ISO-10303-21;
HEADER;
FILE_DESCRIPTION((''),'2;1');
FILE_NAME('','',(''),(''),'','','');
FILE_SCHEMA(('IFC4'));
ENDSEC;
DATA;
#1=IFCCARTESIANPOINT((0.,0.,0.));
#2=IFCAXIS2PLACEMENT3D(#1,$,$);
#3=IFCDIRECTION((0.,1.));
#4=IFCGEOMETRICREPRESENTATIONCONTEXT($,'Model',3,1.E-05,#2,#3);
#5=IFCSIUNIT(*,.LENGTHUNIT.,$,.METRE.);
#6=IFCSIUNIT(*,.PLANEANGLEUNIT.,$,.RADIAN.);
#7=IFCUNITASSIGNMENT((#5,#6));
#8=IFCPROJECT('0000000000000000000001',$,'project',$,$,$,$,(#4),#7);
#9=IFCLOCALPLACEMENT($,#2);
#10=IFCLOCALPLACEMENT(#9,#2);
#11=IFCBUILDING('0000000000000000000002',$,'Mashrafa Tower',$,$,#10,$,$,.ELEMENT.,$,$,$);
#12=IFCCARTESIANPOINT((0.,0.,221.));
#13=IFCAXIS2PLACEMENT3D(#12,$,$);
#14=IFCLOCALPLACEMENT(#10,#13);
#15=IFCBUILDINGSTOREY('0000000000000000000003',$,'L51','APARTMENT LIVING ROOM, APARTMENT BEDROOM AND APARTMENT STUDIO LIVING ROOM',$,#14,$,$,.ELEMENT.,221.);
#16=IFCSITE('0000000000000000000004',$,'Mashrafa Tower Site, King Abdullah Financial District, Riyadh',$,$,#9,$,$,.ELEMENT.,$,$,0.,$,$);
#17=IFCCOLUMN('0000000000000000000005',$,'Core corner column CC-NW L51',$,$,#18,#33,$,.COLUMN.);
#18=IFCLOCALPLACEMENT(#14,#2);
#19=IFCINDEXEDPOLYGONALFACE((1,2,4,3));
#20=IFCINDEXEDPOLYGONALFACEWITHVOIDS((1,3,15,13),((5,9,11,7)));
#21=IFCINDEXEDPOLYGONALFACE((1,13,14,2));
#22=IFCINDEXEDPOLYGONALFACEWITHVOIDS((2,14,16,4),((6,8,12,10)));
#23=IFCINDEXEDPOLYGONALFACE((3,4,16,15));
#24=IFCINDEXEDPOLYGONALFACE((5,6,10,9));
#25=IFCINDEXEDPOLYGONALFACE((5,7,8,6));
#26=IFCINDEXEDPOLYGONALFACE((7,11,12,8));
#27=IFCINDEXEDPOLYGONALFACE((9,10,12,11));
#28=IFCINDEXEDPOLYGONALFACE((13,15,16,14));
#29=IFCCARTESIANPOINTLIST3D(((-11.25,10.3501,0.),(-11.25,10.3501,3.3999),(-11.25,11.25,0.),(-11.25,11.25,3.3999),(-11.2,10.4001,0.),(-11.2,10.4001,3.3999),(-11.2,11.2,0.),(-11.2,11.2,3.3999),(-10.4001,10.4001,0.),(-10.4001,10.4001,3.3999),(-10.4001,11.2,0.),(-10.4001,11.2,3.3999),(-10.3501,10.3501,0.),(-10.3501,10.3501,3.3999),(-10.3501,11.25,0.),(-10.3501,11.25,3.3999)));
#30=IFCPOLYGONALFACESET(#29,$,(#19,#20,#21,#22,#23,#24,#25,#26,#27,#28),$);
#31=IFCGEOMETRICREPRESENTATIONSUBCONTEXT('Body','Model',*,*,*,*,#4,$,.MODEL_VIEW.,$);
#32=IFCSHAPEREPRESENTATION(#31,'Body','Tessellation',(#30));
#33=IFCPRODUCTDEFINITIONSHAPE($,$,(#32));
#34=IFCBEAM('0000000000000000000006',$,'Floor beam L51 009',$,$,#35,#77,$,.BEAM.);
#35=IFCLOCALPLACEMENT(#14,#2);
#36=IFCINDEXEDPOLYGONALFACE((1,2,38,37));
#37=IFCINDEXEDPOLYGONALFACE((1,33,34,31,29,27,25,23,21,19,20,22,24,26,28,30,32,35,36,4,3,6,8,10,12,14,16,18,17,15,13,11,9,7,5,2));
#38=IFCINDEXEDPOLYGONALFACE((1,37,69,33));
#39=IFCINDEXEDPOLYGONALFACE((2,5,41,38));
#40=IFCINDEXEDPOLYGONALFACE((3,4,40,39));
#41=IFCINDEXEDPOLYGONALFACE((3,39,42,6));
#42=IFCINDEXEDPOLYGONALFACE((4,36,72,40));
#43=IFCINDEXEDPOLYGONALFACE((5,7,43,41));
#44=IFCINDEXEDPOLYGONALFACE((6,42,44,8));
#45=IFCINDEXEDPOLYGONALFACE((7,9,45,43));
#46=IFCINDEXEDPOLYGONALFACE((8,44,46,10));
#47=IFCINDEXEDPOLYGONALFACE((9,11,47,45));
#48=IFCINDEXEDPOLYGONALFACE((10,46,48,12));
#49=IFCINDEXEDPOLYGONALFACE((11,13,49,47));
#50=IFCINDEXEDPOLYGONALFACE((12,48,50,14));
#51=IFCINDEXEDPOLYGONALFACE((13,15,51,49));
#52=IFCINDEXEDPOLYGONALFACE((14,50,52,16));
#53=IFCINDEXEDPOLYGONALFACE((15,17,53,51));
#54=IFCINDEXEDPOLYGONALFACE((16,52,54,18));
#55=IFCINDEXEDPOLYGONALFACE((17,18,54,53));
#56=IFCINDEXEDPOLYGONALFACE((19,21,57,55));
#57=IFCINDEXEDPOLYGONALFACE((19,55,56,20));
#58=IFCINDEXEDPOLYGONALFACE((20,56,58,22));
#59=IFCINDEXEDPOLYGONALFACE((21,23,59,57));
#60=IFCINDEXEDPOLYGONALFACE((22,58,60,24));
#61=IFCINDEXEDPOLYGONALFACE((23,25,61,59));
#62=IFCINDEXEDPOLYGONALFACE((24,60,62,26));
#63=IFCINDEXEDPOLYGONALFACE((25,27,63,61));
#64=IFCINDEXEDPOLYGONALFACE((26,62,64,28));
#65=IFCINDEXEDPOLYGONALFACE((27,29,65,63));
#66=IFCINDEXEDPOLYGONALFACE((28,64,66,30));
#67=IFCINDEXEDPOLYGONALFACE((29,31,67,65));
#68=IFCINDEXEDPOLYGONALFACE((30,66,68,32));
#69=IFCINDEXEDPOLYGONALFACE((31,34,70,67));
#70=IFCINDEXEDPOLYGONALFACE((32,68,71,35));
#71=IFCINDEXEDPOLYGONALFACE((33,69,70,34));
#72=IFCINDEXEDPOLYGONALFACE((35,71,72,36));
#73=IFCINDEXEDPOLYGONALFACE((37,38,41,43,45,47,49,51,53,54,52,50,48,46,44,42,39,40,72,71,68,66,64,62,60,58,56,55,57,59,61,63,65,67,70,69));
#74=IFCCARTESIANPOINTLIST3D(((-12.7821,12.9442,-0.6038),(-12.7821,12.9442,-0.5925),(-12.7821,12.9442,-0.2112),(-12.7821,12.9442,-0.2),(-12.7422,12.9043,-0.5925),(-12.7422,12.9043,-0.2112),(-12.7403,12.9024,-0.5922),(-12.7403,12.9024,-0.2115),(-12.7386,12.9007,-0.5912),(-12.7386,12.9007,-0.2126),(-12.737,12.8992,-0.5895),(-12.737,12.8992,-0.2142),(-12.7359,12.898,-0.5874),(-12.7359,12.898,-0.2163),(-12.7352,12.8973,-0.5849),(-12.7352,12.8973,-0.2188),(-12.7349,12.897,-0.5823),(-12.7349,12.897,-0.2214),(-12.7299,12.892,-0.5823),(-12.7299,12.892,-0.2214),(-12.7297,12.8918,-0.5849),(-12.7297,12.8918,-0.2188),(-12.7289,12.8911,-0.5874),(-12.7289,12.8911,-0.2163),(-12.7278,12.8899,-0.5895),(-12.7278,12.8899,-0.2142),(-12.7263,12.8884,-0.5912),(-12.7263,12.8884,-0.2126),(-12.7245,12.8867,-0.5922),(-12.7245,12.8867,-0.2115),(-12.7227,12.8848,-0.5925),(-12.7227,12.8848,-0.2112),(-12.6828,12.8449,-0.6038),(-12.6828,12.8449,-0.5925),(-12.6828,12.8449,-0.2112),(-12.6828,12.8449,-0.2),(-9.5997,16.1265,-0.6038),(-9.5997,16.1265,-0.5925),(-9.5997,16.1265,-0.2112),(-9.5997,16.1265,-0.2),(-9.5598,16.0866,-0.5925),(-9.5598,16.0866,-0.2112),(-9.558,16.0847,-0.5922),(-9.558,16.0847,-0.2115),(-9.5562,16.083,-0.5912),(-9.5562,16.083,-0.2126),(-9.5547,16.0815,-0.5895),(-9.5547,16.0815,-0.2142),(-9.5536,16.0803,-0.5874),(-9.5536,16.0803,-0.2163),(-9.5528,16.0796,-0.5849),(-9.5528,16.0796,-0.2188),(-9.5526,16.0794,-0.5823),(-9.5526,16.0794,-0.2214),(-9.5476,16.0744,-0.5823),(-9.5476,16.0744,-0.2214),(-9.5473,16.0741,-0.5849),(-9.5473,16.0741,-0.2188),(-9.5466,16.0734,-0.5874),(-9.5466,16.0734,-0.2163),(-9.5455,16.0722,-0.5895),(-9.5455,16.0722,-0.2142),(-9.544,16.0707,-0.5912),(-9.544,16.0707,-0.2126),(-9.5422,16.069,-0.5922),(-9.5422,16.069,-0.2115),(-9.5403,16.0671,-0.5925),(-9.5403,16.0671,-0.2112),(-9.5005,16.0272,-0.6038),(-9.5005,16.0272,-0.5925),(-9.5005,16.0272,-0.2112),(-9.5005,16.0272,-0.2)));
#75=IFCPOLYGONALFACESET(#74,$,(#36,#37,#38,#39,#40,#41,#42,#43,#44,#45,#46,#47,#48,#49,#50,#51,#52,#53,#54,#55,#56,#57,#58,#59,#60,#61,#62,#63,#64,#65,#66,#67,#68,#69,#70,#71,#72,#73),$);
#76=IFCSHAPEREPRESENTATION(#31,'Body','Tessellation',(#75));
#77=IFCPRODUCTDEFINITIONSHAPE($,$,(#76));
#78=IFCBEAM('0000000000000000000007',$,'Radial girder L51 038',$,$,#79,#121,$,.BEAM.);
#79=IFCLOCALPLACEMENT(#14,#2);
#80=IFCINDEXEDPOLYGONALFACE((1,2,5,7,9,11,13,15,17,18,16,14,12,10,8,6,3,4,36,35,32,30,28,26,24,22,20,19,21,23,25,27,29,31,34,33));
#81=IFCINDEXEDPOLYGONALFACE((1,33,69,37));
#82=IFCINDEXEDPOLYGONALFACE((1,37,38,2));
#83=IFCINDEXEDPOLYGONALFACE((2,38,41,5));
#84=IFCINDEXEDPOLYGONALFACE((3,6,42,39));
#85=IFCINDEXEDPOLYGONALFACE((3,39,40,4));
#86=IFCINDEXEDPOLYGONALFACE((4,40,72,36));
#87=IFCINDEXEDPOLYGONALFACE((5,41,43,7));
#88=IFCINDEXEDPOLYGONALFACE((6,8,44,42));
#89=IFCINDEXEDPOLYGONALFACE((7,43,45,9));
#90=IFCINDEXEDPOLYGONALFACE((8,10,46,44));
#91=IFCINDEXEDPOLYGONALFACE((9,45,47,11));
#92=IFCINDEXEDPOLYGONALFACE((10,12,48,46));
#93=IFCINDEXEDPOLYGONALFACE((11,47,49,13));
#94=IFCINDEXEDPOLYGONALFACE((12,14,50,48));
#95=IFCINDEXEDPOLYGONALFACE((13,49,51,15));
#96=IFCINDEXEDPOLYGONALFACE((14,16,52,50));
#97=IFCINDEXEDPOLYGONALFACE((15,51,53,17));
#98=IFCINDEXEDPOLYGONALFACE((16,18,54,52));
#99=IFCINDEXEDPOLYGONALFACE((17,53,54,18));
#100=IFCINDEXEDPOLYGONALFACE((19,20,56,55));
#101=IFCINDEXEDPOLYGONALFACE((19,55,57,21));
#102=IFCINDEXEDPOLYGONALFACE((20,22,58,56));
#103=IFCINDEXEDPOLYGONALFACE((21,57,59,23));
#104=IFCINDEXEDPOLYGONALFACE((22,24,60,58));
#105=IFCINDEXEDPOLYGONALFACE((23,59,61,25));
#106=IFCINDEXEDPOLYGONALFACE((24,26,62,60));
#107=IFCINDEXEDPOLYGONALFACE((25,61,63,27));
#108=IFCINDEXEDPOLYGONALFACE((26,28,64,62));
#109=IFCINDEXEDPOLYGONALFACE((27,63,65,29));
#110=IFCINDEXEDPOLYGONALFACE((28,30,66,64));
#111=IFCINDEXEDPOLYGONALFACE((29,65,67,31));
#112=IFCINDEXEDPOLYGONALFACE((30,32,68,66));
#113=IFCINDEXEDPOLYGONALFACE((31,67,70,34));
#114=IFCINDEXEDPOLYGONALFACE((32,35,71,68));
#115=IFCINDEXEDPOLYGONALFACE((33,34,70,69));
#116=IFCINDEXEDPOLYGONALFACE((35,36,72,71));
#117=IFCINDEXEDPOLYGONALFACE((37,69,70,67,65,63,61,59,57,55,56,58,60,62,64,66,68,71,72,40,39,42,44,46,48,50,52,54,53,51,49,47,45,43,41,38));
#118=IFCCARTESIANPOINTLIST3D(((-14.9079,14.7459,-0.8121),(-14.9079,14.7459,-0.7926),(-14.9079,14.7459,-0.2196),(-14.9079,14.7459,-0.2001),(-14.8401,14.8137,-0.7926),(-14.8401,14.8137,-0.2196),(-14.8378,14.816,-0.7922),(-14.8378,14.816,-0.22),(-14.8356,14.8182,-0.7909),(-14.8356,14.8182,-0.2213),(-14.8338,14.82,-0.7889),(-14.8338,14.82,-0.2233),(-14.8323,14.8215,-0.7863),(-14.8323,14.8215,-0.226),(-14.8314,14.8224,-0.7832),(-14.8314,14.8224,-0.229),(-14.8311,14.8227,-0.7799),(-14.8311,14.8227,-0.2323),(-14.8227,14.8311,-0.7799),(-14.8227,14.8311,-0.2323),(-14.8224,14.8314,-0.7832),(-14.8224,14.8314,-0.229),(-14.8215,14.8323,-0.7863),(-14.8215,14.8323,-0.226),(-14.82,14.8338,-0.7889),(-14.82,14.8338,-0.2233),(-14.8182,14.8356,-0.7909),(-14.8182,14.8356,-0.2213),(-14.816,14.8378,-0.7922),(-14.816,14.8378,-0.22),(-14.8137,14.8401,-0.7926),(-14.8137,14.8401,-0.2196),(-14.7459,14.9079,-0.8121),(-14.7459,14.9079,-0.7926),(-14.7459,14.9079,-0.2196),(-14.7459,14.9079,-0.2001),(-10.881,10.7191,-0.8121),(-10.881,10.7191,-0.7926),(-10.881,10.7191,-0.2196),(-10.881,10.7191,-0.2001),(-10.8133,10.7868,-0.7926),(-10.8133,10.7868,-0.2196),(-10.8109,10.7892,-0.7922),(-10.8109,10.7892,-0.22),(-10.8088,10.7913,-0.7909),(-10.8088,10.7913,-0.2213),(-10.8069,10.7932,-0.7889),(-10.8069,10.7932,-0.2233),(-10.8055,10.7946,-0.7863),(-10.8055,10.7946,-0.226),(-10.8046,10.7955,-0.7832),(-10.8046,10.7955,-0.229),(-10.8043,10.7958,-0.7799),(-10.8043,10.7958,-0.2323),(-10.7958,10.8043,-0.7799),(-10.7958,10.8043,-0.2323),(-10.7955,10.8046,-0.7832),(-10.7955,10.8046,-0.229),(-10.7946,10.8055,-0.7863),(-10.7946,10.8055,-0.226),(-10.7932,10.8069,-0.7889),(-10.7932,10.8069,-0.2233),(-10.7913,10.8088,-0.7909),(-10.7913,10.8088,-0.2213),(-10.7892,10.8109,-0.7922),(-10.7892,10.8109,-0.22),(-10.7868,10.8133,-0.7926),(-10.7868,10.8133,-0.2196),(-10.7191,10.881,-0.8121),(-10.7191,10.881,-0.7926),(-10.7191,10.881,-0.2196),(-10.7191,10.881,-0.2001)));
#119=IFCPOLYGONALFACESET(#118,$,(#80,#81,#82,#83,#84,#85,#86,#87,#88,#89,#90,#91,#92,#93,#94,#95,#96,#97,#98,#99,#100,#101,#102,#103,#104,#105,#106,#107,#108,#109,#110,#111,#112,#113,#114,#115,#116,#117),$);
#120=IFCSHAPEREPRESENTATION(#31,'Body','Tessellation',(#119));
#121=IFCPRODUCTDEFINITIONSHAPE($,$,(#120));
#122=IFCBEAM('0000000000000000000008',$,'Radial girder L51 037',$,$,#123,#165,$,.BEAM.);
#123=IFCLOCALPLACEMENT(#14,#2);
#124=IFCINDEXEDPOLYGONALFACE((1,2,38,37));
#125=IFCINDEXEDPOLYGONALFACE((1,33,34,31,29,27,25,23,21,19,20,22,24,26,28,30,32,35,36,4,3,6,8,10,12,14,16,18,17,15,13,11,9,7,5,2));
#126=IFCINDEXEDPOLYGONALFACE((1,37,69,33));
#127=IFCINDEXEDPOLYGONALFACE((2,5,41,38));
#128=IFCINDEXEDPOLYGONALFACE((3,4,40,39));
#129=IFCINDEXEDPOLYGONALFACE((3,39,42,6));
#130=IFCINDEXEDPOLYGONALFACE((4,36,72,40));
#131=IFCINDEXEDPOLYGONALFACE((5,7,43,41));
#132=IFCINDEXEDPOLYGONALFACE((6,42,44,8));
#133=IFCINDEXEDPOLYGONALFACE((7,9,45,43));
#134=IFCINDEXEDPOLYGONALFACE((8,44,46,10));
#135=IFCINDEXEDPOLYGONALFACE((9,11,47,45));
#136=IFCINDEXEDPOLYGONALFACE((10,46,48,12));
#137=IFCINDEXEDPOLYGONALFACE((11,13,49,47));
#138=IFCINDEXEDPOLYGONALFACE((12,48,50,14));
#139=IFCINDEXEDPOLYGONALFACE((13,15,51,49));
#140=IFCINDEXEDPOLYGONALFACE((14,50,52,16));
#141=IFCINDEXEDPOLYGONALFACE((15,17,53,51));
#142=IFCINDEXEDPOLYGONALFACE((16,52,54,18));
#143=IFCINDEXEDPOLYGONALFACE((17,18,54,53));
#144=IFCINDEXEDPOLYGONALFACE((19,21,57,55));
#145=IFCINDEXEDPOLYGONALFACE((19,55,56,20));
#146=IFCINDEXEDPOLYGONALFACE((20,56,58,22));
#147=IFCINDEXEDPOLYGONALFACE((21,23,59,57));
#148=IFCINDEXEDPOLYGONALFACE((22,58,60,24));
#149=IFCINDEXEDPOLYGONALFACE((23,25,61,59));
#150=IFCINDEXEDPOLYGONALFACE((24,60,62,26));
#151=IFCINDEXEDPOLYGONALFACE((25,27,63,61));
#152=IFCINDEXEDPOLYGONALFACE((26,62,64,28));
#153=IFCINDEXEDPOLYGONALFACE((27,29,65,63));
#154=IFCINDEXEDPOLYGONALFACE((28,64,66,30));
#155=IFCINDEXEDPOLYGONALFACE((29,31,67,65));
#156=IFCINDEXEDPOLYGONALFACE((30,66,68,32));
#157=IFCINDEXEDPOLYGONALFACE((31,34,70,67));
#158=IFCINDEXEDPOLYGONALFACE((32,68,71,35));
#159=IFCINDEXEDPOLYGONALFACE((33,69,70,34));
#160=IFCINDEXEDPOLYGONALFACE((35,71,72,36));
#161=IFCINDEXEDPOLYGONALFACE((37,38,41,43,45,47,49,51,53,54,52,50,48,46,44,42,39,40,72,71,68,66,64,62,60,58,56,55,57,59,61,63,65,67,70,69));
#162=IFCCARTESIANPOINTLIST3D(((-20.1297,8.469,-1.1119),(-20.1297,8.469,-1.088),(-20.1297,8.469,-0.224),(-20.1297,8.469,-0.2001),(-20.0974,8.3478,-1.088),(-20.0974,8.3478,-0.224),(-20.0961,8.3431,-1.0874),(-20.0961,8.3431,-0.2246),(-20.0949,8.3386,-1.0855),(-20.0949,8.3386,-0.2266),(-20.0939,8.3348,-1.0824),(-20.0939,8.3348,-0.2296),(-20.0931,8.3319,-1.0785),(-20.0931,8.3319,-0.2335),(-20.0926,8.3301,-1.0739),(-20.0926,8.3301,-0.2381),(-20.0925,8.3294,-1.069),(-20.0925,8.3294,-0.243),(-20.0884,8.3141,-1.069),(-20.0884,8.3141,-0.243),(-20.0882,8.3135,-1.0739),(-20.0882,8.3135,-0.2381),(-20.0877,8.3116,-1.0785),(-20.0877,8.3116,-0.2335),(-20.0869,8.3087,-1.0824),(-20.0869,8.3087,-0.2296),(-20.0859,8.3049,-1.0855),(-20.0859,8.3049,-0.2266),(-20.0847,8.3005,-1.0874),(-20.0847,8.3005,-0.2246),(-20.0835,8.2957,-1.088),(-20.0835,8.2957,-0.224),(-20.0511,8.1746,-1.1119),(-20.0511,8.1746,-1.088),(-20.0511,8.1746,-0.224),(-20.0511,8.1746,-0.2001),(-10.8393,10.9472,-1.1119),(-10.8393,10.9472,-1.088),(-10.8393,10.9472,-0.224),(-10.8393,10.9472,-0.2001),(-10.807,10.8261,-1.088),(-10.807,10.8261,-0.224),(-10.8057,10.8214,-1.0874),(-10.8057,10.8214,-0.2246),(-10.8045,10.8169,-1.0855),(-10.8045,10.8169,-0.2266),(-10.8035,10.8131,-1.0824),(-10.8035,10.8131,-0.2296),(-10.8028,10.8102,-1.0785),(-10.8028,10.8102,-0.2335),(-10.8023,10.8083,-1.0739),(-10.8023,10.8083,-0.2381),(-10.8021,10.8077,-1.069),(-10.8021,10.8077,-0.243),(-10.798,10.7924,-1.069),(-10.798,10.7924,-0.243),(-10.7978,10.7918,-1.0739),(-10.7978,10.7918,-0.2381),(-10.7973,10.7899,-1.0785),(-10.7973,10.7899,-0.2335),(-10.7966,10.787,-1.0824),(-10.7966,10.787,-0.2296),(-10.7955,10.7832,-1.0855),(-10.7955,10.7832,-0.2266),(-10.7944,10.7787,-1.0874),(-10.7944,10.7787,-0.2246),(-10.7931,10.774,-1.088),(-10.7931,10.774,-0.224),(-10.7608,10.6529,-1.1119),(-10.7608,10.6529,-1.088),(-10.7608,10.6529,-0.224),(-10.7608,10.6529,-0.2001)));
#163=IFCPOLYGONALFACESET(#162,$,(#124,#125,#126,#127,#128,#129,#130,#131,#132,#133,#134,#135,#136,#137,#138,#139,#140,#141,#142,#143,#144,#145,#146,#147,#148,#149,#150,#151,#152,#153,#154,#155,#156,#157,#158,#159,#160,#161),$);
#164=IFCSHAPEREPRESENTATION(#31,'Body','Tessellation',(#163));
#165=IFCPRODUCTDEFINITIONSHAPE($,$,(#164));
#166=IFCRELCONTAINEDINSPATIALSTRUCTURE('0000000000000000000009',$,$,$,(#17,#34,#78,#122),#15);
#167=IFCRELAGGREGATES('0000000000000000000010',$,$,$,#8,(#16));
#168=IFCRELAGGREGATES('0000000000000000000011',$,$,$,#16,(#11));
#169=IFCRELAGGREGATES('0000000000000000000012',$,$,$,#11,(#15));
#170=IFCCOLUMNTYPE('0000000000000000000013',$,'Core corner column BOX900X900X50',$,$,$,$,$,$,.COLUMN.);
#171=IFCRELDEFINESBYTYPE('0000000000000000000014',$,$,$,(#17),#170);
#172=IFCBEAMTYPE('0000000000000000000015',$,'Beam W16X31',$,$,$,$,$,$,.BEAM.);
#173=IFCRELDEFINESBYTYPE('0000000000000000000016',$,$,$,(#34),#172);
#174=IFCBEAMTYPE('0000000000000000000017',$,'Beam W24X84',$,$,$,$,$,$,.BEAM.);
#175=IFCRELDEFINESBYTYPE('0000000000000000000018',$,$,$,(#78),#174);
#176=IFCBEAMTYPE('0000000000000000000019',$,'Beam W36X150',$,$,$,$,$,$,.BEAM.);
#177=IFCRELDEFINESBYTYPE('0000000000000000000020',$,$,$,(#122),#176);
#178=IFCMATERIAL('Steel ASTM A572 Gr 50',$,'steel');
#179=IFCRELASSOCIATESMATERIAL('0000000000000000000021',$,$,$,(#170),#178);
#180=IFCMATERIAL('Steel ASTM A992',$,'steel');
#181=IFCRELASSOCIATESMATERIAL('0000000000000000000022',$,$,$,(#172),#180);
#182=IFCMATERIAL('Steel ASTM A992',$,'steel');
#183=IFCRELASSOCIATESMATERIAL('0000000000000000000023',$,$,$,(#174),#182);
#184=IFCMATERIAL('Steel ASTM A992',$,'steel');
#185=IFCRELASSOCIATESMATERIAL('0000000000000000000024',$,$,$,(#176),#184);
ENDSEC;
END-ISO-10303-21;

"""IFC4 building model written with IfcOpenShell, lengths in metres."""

from ifc_helpers import new_model, si_unit, direction, frame, origin, origin_2d, place, context, subcontext, project, spatial, hollow_rectangle, i_section, extrude, material, material_profile, profile_set, type_object, element, save


model = new_model("IFC4")

# Units and contexts
model_context = context("Model", 3, precision=1e-05, world=origin(), true_north=direction((0.0, 1.0)))
body_context = subcontext(model_context, "Body", "Model", "MODEL_VIEW")
ifc_project = project(units=[si_unit("LENGTHUNIT", "METRE"), si_unit("PLANEANGLEUNIT", "RADIAN")], contexts=[model_context])

# Site, building, storey
site_placement = place(None, origin())
site = spatial("IfcSite", under=ifc_project, at=site_placement, Name="Mashrafa Tower Site, King Abdullah Financial District, Riyadh", CompositionType="ELEMENT", RefElevation=0.0)
building_placement = place(site_placement, origin())
building = spatial("IfcBuilding", under=site, at=building_placement, Name="Mashrafa Tower", CompositionType="ELEMENT")
storey_placement = place(building_placement, frame((0.0, 0.0, 221.0)))
storey = spatial("IfcBuildingStorey", under=building, at=storey_placement, Name="L51", Description="APARTMENT LIVING ROOM, APARTMENT BEDROOM AND APARTMENT STUDIO LIVING ROOM", CompositionType="ELEMENT", Elevation=221.0)

# Column
ifc_material_1 = material(Name="Steel ASTM A572 Gr 50", Category="steel")
ifc_material_profile_1 = material_profile(ifc_material_1, hollow_rectangle(XDim=0.8999, YDim=0.8999, WallThickness=0.05, at=origin_2d()), Name="BOX900X900X50")
ifc_profile_set_1 = profile_set([ifc_material_profile_1], Name="Steel ASTM A572 Gr 50")
column_type = type_object("IfcColumnType", Name="Core corner column BOX900X900X50", PredefinedType="COLUMN", material=ifc_profile_set_1)
column_placement = place(storey_placement, frame((-10.8, 10.8, 0.0), z_axis=(0.0, 0.0, 1.0), x_axis=(1.0, 0.0, 0.0)))
element("IfcColumn", 1, at=column_placement, inside=storey, type_object=column_type, Name="Core corner column CC-NW L51", PredefinedType="COLUMN", context=body_context, shape_type="SweptSolid", body=[
    extrude(hollow_rectangle(XDim=0.8999, YDim=0.8999, WallThickness=0.05, at=origin_2d()), origin(), (0.0, 0.0, 1.0), 3.3999),
])

# Beams
ifc_material_2 = material(Name="Steel ASTM A992", Category="steel")
ifc_material_profile_2 = material_profile(ifc_material_2, i_section(OverallWidth=0.1404, OverallDepth=0.4038, WebThickness=0.0071, FlangeThickness=0.0112, FilletRadius=0.0103, at=origin_2d()), Name="W16X31")
ifc_profile_set_2 = profile_set([ifc_material_profile_2], Name="Steel ASTM A992")
beam_type_1 = type_object("IfcBeamType", Name="Beam W16X31", PredefinedType="BEAM", material=ifc_profile_set_2)
beam_1_placement = place(storey_placement, frame((-12.7324, 12.8945, -0.4019), z_axis=(0.707107, 0.707107, 0.0), x_axis=(-0.707107, 0.707107, 0.0)))
element("IfcBeam", 2, at=beam_1_placement, inside=storey, type_object=beam_type_1, Name="Floor beam L51 009", PredefinedType="BEAM", context=body_context, shape_type="SweptSolid", body=[
    extrude(i_section(OverallWidth=0.1404, OverallDepth=0.4038, WebThickness=0.0071, FlangeThickness=0.0112, FilletRadius=0.0103, at=origin_2d()), origin(), (0.0, 0.0, 1.0), 4.5005),
])
ifc_material_3 = material(Name="Steel ASTM A992", Category="steel")
ifc_material_profile_3 = material_profile(ifc_material_3, i_section(OverallWidth=0.229, OverallDepth=0.6121, WebThickness=0.012, FlangeThickness=0.0195, FilletRadius=0.0127, at=origin_2d()), Name="W24X84")
ifc_profile_set_3 = profile_set([ifc_material_profile_3], Name="Steel ASTM A992")
beam_type_2 = type_object("IfcBeamType", Name="Beam W24X84", PredefinedType="BEAM", material=ifc_profile_set_3)
beam_2_placement = place(storey_placement, frame((-10.8, 10.8, -0.5061), z_axis=(-0.707107, 0.707107, 0.0), x_axis=(-0.707107, -0.707107, 0.0)))
element("IfcBeam", 3, at=beam_2_placement, inside=storey, type_object=beam_type_2, Name="Radial girder L51 038", PredefinedType="BEAM", context=body_context, shape_type="SweptSolid", body=[
    extrude(i_section(OverallWidth=0.229, OverallDepth=0.6121, WebThickness=0.012, FlangeThickness=0.0195, FilletRadius=0.0127, at=origin_2d()), origin(), (0.0, 0.0, 1.0), 5.6948),
])
ifc_material_4 = material(Name="Steel ASTM A992", Category="steel")
ifc_material_profile_4 = material_profile(ifc_material_4, i_section(OverallWidth=0.3047, OverallDepth=0.9119, WebThickness=0.0159, FlangeThickness=0.0239, FilletRadius=0.019, at=origin_2d()), Name="W36X150")
ifc_profile_set_4 = profile_set([ifc_material_profile_4], Name="Steel ASTM A992")
beam_type_3 = type_object("IfcBeamType", Name="Beam W36X150", PredefinedType="BEAM", material=ifc_profile_set_4)
for number, where, z_axis, x_axis, name in (
    (4, (-10.8, 10.8, -0.656), (-0.966213, -0.257746, 0.0), (0.257746, -0.966213, 0.0), "Radial girder L51 037"),
):
    element("IfcBeam", number, at=place(storey_placement, frame(where, z_axis=z_axis, x_axis=x_axis)), inside=storey, type_object=beam_type_3, Name=name, PredefinedType="BEAM", context=body_context, shape_type="SweptSolid", body=[
        extrude(i_section(OverallWidth=0.3047, OverallDepth=0.9119, WebThickness=0.0159, FlangeThickness=0.0239, FilletRadius=0.019, at=origin_2d()), origin(), (0.0, 0.0, 1.0), 9.6152),
    ])

save(model, "model.ifc")
